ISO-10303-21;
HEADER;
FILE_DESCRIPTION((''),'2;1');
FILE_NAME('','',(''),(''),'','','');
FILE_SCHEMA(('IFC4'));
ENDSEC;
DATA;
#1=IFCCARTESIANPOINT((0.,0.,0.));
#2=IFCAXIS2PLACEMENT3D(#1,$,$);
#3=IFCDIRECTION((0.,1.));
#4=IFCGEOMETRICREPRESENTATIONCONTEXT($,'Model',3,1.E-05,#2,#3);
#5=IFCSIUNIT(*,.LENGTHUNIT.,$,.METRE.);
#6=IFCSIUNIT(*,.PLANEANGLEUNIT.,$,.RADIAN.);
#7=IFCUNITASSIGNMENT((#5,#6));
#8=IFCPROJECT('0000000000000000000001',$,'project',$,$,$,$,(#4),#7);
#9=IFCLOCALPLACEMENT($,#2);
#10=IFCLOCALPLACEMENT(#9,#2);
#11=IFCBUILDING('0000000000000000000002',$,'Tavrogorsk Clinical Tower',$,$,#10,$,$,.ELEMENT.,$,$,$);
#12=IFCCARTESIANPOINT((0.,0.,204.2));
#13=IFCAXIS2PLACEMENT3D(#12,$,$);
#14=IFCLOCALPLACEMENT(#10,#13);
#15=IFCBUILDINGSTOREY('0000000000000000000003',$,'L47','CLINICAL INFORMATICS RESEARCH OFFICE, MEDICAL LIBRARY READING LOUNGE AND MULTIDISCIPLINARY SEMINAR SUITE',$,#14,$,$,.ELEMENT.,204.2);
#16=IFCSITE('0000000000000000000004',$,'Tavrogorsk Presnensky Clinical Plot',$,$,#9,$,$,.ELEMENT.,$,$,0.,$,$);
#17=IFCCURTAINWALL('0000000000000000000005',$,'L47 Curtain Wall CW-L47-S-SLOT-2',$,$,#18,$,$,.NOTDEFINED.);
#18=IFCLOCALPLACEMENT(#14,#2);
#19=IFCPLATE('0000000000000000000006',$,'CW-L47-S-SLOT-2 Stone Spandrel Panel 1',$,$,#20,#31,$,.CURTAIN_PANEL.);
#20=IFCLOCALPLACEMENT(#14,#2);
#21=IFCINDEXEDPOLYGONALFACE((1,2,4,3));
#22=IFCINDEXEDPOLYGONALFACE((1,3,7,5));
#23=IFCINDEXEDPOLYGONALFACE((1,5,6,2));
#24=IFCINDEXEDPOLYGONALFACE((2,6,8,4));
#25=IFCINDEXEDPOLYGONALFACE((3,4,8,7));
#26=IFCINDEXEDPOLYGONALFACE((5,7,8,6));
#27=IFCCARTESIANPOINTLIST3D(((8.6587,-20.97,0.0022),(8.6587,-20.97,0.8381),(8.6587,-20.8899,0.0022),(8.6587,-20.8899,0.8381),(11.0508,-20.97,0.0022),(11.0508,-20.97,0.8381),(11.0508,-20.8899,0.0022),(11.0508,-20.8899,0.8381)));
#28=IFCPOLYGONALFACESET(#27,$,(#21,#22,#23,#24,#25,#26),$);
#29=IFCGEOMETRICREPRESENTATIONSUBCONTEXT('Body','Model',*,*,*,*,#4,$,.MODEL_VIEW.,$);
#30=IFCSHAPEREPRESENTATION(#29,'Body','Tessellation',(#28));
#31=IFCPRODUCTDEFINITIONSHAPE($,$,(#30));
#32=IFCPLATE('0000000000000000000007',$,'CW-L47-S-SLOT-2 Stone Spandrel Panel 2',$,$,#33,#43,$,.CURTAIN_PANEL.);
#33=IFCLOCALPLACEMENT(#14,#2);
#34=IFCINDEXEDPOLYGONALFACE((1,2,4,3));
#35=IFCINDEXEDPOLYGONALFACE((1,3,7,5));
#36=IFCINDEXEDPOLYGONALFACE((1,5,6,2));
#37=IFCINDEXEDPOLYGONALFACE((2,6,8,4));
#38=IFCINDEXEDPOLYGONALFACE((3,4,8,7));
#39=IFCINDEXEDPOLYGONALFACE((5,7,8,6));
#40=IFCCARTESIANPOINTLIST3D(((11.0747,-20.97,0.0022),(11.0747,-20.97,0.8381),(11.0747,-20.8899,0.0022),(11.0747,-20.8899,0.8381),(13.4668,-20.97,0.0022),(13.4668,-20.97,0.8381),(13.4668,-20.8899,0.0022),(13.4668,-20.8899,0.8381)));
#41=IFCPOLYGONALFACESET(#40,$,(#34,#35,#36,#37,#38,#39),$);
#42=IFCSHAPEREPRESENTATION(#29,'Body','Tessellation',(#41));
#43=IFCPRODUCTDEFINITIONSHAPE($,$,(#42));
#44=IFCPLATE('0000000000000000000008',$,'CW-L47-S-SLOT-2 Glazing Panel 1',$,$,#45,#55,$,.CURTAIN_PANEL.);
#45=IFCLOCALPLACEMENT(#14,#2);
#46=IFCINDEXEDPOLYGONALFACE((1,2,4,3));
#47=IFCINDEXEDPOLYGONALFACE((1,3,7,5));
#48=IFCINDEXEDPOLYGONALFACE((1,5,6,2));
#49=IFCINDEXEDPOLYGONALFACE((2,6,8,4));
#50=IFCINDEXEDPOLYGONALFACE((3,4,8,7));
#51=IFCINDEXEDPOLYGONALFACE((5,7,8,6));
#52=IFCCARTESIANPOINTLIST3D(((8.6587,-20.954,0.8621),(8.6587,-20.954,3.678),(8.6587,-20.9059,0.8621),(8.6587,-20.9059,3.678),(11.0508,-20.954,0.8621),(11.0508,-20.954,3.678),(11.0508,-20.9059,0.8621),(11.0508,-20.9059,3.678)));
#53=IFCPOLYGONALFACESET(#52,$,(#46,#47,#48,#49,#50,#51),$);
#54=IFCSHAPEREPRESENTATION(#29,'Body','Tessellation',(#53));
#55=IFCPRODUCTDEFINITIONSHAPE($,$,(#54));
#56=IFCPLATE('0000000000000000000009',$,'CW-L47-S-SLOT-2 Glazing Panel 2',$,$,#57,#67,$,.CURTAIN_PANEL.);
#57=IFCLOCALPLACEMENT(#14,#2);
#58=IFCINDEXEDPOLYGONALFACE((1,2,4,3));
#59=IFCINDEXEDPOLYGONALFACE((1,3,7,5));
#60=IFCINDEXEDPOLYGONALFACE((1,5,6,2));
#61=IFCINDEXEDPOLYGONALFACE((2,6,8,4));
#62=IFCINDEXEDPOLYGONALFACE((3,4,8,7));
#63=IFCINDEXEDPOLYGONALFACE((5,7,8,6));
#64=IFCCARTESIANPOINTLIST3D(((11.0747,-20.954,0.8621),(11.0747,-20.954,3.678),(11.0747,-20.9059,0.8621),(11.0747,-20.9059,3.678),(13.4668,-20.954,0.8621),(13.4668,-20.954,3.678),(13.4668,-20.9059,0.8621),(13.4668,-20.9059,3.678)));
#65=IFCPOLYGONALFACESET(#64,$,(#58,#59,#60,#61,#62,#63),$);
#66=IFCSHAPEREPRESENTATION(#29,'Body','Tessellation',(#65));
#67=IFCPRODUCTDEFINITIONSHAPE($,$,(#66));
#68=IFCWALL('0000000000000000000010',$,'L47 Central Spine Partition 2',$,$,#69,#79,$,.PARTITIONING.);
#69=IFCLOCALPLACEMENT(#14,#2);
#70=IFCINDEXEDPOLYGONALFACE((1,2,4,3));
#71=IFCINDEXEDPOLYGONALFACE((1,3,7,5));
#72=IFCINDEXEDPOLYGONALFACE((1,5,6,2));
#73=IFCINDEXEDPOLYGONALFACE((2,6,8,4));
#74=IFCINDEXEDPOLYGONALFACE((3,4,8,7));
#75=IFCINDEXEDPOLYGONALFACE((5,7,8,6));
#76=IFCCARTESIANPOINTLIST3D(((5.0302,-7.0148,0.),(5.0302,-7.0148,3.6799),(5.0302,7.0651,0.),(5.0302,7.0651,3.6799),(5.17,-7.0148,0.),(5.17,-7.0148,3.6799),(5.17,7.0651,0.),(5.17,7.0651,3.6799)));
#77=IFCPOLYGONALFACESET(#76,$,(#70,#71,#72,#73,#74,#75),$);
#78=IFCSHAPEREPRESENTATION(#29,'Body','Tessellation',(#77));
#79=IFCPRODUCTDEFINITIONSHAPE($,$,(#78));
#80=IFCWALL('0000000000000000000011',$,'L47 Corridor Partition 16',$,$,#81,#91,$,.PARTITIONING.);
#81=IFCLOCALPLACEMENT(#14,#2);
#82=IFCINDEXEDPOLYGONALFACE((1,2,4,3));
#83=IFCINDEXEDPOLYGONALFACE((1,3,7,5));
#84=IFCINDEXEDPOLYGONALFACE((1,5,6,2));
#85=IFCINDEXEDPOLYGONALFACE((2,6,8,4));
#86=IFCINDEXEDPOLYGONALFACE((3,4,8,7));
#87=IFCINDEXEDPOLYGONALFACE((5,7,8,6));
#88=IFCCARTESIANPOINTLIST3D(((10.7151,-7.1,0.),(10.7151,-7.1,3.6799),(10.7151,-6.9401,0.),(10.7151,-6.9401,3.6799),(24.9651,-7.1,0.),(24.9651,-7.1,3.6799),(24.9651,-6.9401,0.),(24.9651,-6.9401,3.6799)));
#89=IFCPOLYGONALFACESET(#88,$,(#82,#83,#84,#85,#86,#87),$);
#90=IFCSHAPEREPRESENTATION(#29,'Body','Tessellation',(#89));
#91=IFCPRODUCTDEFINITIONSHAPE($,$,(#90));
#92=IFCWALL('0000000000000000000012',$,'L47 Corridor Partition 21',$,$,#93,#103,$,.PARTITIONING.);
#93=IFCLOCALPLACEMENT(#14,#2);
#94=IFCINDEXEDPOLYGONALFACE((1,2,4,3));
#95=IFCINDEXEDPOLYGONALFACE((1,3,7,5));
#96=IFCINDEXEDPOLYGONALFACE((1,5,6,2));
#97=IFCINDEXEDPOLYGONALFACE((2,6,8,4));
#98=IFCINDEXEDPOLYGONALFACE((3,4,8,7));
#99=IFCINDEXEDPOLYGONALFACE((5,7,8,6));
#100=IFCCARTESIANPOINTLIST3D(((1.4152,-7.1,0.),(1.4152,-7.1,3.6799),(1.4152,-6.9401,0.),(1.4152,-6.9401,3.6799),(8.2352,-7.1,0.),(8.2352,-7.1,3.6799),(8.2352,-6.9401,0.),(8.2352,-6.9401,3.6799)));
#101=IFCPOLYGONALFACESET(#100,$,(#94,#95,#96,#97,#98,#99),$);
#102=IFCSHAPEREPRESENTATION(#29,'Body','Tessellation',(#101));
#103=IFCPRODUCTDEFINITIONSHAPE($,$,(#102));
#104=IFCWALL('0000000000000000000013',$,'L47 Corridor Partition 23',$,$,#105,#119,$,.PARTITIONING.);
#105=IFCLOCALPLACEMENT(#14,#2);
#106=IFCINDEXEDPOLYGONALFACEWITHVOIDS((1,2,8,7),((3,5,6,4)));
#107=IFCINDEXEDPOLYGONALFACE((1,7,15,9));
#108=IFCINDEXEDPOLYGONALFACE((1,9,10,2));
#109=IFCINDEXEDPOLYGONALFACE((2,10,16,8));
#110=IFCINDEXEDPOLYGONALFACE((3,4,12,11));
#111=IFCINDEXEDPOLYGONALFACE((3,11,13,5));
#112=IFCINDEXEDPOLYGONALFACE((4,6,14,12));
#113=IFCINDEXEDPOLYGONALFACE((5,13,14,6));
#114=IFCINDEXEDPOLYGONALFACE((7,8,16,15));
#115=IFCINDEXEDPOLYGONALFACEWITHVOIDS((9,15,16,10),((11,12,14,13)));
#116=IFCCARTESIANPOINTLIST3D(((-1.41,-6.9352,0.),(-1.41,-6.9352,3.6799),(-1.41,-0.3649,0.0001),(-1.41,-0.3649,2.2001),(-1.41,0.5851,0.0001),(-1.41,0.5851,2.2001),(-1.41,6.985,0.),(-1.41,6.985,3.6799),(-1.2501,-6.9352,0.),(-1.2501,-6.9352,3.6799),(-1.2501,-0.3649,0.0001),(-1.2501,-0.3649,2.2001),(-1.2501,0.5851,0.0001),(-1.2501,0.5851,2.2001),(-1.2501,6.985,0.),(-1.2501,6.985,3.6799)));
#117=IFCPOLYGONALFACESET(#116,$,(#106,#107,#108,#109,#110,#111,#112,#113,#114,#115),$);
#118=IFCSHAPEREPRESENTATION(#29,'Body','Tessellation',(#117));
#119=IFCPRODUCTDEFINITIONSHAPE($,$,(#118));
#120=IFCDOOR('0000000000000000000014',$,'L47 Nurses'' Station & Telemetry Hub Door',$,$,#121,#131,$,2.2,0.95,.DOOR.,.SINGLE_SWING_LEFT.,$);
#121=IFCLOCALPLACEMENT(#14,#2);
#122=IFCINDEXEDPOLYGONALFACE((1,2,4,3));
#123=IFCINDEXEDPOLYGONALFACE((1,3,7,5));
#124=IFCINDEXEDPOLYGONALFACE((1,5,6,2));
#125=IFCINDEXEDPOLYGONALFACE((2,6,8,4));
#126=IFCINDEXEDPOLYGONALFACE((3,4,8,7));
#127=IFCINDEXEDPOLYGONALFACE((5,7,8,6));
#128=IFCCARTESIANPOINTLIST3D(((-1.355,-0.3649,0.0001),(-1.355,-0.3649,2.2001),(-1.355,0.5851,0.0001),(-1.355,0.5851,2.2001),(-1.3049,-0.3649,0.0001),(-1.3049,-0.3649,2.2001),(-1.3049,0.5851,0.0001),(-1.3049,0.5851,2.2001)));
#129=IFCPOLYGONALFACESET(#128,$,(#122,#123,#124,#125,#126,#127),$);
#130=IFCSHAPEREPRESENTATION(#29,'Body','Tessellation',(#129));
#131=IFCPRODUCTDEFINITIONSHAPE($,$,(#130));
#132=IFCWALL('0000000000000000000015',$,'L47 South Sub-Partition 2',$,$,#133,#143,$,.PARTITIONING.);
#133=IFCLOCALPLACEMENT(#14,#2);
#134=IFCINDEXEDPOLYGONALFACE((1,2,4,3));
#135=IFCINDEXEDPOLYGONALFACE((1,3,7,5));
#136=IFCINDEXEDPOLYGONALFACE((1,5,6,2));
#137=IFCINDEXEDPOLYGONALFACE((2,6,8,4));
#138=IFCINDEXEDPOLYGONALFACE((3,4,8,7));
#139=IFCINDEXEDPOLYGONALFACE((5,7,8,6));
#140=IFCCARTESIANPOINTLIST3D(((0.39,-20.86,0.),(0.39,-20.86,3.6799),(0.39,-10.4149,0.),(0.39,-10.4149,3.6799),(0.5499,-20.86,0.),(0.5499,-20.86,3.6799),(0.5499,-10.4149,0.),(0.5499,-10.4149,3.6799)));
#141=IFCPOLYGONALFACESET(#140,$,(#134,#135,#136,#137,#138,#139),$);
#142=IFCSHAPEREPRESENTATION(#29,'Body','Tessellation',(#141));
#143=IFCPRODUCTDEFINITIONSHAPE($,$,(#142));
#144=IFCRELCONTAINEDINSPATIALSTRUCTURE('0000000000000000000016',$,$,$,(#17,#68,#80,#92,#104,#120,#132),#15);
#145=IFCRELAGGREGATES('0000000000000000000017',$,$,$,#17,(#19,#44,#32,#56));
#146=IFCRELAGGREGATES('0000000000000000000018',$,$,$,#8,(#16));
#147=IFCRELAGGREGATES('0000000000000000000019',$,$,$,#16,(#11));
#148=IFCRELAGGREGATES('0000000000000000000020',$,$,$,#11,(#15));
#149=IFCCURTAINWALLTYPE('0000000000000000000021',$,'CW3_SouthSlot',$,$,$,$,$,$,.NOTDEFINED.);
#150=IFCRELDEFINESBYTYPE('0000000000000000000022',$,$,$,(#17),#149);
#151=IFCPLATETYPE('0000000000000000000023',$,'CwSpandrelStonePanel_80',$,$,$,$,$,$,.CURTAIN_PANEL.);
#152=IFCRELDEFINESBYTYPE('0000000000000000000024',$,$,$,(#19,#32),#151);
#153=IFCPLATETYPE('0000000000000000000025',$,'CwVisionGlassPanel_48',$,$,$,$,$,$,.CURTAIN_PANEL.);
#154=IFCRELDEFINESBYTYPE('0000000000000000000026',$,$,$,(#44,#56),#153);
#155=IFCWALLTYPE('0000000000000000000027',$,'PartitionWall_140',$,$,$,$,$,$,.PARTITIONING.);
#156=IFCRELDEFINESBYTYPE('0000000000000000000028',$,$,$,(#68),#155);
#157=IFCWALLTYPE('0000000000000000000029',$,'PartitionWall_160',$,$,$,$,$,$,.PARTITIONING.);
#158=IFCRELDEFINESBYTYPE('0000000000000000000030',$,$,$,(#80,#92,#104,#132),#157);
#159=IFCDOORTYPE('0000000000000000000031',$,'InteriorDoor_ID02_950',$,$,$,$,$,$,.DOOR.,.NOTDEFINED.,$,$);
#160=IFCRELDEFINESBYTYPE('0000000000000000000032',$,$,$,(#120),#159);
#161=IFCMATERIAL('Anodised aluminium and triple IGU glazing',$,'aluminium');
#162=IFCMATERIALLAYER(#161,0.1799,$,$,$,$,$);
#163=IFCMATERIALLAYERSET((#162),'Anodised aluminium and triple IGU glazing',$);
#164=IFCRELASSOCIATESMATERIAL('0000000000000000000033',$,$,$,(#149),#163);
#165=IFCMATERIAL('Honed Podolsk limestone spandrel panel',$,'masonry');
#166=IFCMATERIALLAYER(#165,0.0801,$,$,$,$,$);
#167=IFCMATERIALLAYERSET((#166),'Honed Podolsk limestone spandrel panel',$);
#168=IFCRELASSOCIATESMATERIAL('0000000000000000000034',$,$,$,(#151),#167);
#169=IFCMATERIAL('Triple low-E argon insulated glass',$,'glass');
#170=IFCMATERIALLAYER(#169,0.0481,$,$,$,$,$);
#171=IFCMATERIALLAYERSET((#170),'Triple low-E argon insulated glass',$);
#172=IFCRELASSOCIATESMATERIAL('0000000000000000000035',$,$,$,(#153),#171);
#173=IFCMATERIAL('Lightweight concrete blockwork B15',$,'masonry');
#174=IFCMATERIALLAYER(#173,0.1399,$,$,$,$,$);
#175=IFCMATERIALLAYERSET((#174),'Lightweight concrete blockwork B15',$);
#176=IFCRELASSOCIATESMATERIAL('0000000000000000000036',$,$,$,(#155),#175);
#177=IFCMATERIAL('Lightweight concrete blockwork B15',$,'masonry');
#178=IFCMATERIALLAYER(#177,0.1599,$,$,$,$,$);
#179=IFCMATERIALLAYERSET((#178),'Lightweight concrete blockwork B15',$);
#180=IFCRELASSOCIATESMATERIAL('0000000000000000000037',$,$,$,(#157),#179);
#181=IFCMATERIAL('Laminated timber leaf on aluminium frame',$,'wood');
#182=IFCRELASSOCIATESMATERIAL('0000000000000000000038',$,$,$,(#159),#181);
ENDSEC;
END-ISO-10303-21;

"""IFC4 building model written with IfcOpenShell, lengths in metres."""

from ifc_helpers import new_model, si_unit, direction, frame, frame_2d, origin, origin_2d, place, context, subcontext, project, spatial, rectangle, extrude, material, layer, layer_set, type_object, element, fill, aggregate, save


model = new_model("IFC4")

# Units and contexts
model_context = context("Model", 3, precision=1e-05, world=origin(), true_north=direction((0.0, 1.0)))
body_context = subcontext(model_context, "Body", "Model", "MODEL_VIEW")
ifc_project = project(units=[si_unit("LENGTHUNIT", "METRE"), si_unit("PLANEANGLEUNIT", "RADIAN")], contexts=[model_context])

# Site, building, storey
site_placement = place(None, origin())
site = spatial("IfcSite", under=ifc_project, at=site_placement, Name="Tavrogorsk Presnensky Clinical Plot", CompositionType="ELEMENT", RefElevation=0.0)
building_placement = place(site_placement, origin())
building = spatial("IfcBuilding", under=site, at=building_placement, Name="Tavrogorsk Clinical Tower", CompositionType="ELEMENT")
storey_placement = place(building_placement, frame((0.0, 0.0, 204.2)))
storey = spatial("IfcBuildingStorey", under=building, at=storey_placement, Name="L47", Description="CLINICAL INFORMATICS RESEARCH OFFICE, MEDICAL LIBRARY READING LOUNGE AND MULTIDISCIPLINARY SEMINAR SUITE", CompositionType="ELEMENT", Elevation=204.2)

# Curtain wall
ifc_material_1 = material(Name="Anodised aluminium and triple IGU glazing", Category="aluminium")
ifc_layer_1 = layer(ifc_material_1, 0.1799)
ifc_layer_set_1 = layer_set([ifc_layer_1], Name="Anodised aluminium and triple IGU glazing")
curtain_wall_type = type_object("IfcCurtainWallType", Name="CW3_SouthSlot", PredefinedType="NOTDEFINED", material=ifc_layer_set_1)
curtain_wall_placement = place(storey_placement, origin())
curtain_wall = element("IfcCurtainWall", 1, at=curtain_wall_placement, inside=storey, type_object=curtain_wall_type, Name="L47 Curtain Wall CW-L47-S-SLOT-2", PredefinedType="NOTDEFINED")

# Plates
ifc_material_2 = material(Name="Honed Podolsk limestone spandrel panel", Category="masonry")
ifc_layer_2 = layer(ifc_material_2, 0.0801)
ifc_layer_set_2 = layer_set([ifc_layer_2], Name="Honed Podolsk limestone spandrel panel")
plate_type_1 = type_object("IfcPlateType", Name="CwSpandrelStonePanel_80", PredefinedType="CURTAIN_PANEL", material=ifc_layer_set_2)
plate_1_placement = place(storey_placement, frame((9.8547, -20.9299, 0.0022), z_axis=(0.0, 0.0, 1.0), x_axis=(1.0, 0.0, 0.0)))
plate_1 = element("IfcPlate", 2, at=plate_1_placement, type_object=plate_type_1, Name="CW-L47-S-SLOT-2 Stone Spandrel Panel 1", PredefinedType="CURTAIN_PANEL", context=body_context, shape_type="SweptSolid", body=[
    extrude(rectangle(XDim=2.3921, YDim=0.0801, at=origin_2d()), origin(), (0.0, 0.0, 1.0), 0.8359),
])
plate_2_placement = place(storey_placement, frame((12.2708, -20.9299, 0.0022), z_axis=(0.0, 0.0, 1.0), x_axis=(1.0, 0.0, 0.0)))
plate_2 = element("IfcPlate", 3, at=plate_2_placement, type_object=plate_type_1, Name="CW-L47-S-SLOT-2 Stone Spandrel Panel 2", PredefinedType="CURTAIN_PANEL", context=body_context, shape_type="SweptSolid", body=[
    extrude(rectangle(XDim=2.3921, YDim=0.0801, at=origin_2d()), origin(), (0.0, 0.0, 1.0), 0.8359),
])
ifc_material_3 = material(Name="Triple low-E argon insulated glass", Category="glass")
ifc_layer_3 = layer(ifc_material_3, 0.0481)
ifc_layer_set_3 = layer_set([ifc_layer_3], Name="Triple low-E argon insulated glass")
plate_type_2 = type_object("IfcPlateType", Name="CwVisionGlassPanel_48", PredefinedType="CURTAIN_PANEL", material=ifc_layer_set_3)
plate_3_placement = place(storey_placement, frame((9.8547, -20.9299, 0.8621), z_axis=(0.0, 0.0, 1.0), x_axis=(1.0, 0.0, 0.0)))
plate_3 = element("IfcPlate", 4, at=plate_3_placement, type_object=plate_type_2, Name="CW-L47-S-SLOT-2 Glazing Panel 1", PredefinedType="CURTAIN_PANEL", context=body_context, shape_type="SweptSolid", body=[
    extrude(rectangle(XDim=2.3921, YDim=0.0481, at=origin_2d()), origin(), (0.0, 0.0, 1.0), 2.8159),
])
plate_4_placement = place(storey_placement, frame((12.2708, -20.9299, 0.8621), z_axis=(0.0, 0.0, 1.0), x_axis=(1.0, 0.0, 0.0)))
plate_4 = element("IfcPlate", 5, at=plate_4_placement, type_object=plate_type_2, Name="CW-L47-S-SLOT-2 Glazing Panel 2", PredefinedType="CURTAIN_PANEL", context=body_context, shape_type="SweptSolid", body=[
    extrude(rectangle(XDim=2.3921, YDim=0.0481, at=origin_2d()), origin(), (0.0, 0.0, 1.0), 2.8159),
])
aggregate(curtain_wall, [plate_1, plate_3, plate_2, plate_4])

# Walls
ifc_material_4 = material(Name="Lightweight concrete blockwork B15", Category="masonry")
ifc_layer_4 = layer(ifc_material_4, 0.1399)
ifc_layer_set_4 = layer_set([ifc_layer_4], Name="Lightweight concrete blockwork B15")
wall_type_1 = type_object("IfcWallType", Name="PartitionWall_140", PredefinedType="PARTITIONING", material=ifc_layer_set_4)
wall_1_placement = place(storey_placement, frame((5.1001, -7.0149, 0.0), z_axis=(0.0, 0.0, 1.0), x_axis=(0.0, 1.0, 0.0)))
element("IfcWall", 6, at=wall_1_placement, inside=storey, type_object=wall_type_1, Name="L47 Central Spine Partition 2", PredefinedType="PARTITIONING", context=body_context, shape_type="SweptSolid", body=[
    extrude(rectangle(XDim=14.0798, YDim=0.1399, at=frame_2d((7.04, 0.0))), origin(), (0.0, 0.0, 1.0), 3.6799),
])
ifc_material_5 = material(Name="Lightweight concrete blockwork B15", Category="masonry")
ifc_layer_5 = layer(ifc_material_5, 0.1599)
ifc_layer_set_5 = layer_set([ifc_layer_5], Name="Lightweight concrete blockwork B15")
wall_type_2 = type_object("IfcWallType", Name="PartitionWall_160", PredefinedType="PARTITIONING", material=ifc_layer_set_5)
wall_2_placement = place(storey_placement, frame((10.7151, -7.02, 0.0), z_axis=(0.0, 0.0, 1.0), x_axis=(1.0, 0.0, 0.0)))
element("IfcWall", 7, at=wall_2_placement, inside=storey, type_object=wall_type_2, Name="L47 Corridor Partition 16", PredefinedType="PARTITIONING", context=body_context, shape_type="SweptSolid", body=[
    extrude(rectangle(XDim=14.25, YDim=0.1599, at=frame_2d((7.125, 0.0))), origin(), (0.0, 0.0, 1.0), 3.6799),
])
wall_3_placement = place(storey_placement, frame((1.415, -7.02, 0.0), z_axis=(0.0, 0.0, 1.0), x_axis=(1.0, 0.0, 0.0)))
element("IfcWall", 8, at=wall_3_placement, inside=storey, type_object=wall_type_2, Name="L47 Corridor Partition 21", PredefinedType="PARTITIONING", context=body_context, shape_type="SweptSolid", body=[
    extrude(rectangle(XDim=6.8201, YDim=0.1599, at=frame_2d((3.4102, 0.0))), origin(), (0.0, 0.0, 1.0), 3.6799),
])

# Wall, opening, door
wall_4_placement = place(storey_placement, frame((-1.3301, -6.9351, 0.0), z_axis=(0.0, 0.0, 1.0), x_axis=(0.0, 1.0, 0.0)))
wall_4 = element("IfcWall", 9, at=wall_4_placement, inside=storey, type_object=wall_type_2, Name="L47 Corridor Partition 23", PredefinedType="PARTITIONING", context=body_context, shape_type="SweptSolid", body=[
    extrude(rectangle(XDim=13.9202, YDim=0.1599, at=frame_2d((6.96, 0.0))), origin(), (0.0, 0.0, 1.0), 3.6799),
])
opening_1_placement = place(wall_4_placement, frame((6.5701, 0.0, 0.0)))
opening_1 = element("IfcOpeningElement", 10, at=opening_1_placement, cuts=wall_4, PredefinedType="OPENING", context=body_context, shape_type="SweptSolid", body=[
    extrude(rectangle(XDim=0.95, YDim=2.2, at=frame_2d((0.4751, 1.1001))), frame((0.0, 0.0898, 0.0), z_axis=(0.0, -1.0, 0.0), x_axis=(1.0, 0.0, 0.0)), (0.0, 0.0, 1.0), 0.1799),
])
ifc_material_6 = material(Name="Laminated timber leaf on aluminium frame", Category="wood")
door_type = type_object("IfcDoorType", Name="InteriorDoor_ID02_950", OperationType="NOTDEFINED", PredefinedType="DOOR", material=ifc_material_6)
door_placement = place(opening_1_placement, origin())
door = element("IfcDoor", 11, at=door_placement, inside=storey, type_object=door_type, Name="L47 Nurses' Station & Telemetry Hub Door", OperationType="SINGLE_SWING_LEFT", OverallHeight=2.2, OverallWidth=0.95, PredefinedType="DOOR", context=body_context, shape_type="SweptSolid", body=[
    extrude(rectangle(XDim=0.95, YDim=2.2, at=frame_2d((0.4751, 1.1001))), frame((0.0, 0.0249, 0.0), z_axis=(0.0, -1.0, 0.0), x_axis=(1.0, 0.0, 0.0)), (0.0, 0.0, 1.0), 0.05),
])
fill(opening_1, door)

# Wall
wall_5_placement = place(storey_placement, frame((0.47, -20.8601, 0.0), z_axis=(0.0, 0.0, 1.0), x_axis=(0.0, 1.0, 0.0)))
element("IfcWall", 12, at=wall_5_placement, inside=storey, type_object=wall_type_2, Name="L47 South Sub-Partition 2", PredefinedType="PARTITIONING", context=body_context, shape_type="SweptSolid", body=[
    extrude(rectangle(XDim=10.4451, YDim=0.1599, at=frame_2d((5.2227, 0.0))), origin(), (0.0, 0.0, 1.0), 3.6799),
])

save(model, "model.ifc")
